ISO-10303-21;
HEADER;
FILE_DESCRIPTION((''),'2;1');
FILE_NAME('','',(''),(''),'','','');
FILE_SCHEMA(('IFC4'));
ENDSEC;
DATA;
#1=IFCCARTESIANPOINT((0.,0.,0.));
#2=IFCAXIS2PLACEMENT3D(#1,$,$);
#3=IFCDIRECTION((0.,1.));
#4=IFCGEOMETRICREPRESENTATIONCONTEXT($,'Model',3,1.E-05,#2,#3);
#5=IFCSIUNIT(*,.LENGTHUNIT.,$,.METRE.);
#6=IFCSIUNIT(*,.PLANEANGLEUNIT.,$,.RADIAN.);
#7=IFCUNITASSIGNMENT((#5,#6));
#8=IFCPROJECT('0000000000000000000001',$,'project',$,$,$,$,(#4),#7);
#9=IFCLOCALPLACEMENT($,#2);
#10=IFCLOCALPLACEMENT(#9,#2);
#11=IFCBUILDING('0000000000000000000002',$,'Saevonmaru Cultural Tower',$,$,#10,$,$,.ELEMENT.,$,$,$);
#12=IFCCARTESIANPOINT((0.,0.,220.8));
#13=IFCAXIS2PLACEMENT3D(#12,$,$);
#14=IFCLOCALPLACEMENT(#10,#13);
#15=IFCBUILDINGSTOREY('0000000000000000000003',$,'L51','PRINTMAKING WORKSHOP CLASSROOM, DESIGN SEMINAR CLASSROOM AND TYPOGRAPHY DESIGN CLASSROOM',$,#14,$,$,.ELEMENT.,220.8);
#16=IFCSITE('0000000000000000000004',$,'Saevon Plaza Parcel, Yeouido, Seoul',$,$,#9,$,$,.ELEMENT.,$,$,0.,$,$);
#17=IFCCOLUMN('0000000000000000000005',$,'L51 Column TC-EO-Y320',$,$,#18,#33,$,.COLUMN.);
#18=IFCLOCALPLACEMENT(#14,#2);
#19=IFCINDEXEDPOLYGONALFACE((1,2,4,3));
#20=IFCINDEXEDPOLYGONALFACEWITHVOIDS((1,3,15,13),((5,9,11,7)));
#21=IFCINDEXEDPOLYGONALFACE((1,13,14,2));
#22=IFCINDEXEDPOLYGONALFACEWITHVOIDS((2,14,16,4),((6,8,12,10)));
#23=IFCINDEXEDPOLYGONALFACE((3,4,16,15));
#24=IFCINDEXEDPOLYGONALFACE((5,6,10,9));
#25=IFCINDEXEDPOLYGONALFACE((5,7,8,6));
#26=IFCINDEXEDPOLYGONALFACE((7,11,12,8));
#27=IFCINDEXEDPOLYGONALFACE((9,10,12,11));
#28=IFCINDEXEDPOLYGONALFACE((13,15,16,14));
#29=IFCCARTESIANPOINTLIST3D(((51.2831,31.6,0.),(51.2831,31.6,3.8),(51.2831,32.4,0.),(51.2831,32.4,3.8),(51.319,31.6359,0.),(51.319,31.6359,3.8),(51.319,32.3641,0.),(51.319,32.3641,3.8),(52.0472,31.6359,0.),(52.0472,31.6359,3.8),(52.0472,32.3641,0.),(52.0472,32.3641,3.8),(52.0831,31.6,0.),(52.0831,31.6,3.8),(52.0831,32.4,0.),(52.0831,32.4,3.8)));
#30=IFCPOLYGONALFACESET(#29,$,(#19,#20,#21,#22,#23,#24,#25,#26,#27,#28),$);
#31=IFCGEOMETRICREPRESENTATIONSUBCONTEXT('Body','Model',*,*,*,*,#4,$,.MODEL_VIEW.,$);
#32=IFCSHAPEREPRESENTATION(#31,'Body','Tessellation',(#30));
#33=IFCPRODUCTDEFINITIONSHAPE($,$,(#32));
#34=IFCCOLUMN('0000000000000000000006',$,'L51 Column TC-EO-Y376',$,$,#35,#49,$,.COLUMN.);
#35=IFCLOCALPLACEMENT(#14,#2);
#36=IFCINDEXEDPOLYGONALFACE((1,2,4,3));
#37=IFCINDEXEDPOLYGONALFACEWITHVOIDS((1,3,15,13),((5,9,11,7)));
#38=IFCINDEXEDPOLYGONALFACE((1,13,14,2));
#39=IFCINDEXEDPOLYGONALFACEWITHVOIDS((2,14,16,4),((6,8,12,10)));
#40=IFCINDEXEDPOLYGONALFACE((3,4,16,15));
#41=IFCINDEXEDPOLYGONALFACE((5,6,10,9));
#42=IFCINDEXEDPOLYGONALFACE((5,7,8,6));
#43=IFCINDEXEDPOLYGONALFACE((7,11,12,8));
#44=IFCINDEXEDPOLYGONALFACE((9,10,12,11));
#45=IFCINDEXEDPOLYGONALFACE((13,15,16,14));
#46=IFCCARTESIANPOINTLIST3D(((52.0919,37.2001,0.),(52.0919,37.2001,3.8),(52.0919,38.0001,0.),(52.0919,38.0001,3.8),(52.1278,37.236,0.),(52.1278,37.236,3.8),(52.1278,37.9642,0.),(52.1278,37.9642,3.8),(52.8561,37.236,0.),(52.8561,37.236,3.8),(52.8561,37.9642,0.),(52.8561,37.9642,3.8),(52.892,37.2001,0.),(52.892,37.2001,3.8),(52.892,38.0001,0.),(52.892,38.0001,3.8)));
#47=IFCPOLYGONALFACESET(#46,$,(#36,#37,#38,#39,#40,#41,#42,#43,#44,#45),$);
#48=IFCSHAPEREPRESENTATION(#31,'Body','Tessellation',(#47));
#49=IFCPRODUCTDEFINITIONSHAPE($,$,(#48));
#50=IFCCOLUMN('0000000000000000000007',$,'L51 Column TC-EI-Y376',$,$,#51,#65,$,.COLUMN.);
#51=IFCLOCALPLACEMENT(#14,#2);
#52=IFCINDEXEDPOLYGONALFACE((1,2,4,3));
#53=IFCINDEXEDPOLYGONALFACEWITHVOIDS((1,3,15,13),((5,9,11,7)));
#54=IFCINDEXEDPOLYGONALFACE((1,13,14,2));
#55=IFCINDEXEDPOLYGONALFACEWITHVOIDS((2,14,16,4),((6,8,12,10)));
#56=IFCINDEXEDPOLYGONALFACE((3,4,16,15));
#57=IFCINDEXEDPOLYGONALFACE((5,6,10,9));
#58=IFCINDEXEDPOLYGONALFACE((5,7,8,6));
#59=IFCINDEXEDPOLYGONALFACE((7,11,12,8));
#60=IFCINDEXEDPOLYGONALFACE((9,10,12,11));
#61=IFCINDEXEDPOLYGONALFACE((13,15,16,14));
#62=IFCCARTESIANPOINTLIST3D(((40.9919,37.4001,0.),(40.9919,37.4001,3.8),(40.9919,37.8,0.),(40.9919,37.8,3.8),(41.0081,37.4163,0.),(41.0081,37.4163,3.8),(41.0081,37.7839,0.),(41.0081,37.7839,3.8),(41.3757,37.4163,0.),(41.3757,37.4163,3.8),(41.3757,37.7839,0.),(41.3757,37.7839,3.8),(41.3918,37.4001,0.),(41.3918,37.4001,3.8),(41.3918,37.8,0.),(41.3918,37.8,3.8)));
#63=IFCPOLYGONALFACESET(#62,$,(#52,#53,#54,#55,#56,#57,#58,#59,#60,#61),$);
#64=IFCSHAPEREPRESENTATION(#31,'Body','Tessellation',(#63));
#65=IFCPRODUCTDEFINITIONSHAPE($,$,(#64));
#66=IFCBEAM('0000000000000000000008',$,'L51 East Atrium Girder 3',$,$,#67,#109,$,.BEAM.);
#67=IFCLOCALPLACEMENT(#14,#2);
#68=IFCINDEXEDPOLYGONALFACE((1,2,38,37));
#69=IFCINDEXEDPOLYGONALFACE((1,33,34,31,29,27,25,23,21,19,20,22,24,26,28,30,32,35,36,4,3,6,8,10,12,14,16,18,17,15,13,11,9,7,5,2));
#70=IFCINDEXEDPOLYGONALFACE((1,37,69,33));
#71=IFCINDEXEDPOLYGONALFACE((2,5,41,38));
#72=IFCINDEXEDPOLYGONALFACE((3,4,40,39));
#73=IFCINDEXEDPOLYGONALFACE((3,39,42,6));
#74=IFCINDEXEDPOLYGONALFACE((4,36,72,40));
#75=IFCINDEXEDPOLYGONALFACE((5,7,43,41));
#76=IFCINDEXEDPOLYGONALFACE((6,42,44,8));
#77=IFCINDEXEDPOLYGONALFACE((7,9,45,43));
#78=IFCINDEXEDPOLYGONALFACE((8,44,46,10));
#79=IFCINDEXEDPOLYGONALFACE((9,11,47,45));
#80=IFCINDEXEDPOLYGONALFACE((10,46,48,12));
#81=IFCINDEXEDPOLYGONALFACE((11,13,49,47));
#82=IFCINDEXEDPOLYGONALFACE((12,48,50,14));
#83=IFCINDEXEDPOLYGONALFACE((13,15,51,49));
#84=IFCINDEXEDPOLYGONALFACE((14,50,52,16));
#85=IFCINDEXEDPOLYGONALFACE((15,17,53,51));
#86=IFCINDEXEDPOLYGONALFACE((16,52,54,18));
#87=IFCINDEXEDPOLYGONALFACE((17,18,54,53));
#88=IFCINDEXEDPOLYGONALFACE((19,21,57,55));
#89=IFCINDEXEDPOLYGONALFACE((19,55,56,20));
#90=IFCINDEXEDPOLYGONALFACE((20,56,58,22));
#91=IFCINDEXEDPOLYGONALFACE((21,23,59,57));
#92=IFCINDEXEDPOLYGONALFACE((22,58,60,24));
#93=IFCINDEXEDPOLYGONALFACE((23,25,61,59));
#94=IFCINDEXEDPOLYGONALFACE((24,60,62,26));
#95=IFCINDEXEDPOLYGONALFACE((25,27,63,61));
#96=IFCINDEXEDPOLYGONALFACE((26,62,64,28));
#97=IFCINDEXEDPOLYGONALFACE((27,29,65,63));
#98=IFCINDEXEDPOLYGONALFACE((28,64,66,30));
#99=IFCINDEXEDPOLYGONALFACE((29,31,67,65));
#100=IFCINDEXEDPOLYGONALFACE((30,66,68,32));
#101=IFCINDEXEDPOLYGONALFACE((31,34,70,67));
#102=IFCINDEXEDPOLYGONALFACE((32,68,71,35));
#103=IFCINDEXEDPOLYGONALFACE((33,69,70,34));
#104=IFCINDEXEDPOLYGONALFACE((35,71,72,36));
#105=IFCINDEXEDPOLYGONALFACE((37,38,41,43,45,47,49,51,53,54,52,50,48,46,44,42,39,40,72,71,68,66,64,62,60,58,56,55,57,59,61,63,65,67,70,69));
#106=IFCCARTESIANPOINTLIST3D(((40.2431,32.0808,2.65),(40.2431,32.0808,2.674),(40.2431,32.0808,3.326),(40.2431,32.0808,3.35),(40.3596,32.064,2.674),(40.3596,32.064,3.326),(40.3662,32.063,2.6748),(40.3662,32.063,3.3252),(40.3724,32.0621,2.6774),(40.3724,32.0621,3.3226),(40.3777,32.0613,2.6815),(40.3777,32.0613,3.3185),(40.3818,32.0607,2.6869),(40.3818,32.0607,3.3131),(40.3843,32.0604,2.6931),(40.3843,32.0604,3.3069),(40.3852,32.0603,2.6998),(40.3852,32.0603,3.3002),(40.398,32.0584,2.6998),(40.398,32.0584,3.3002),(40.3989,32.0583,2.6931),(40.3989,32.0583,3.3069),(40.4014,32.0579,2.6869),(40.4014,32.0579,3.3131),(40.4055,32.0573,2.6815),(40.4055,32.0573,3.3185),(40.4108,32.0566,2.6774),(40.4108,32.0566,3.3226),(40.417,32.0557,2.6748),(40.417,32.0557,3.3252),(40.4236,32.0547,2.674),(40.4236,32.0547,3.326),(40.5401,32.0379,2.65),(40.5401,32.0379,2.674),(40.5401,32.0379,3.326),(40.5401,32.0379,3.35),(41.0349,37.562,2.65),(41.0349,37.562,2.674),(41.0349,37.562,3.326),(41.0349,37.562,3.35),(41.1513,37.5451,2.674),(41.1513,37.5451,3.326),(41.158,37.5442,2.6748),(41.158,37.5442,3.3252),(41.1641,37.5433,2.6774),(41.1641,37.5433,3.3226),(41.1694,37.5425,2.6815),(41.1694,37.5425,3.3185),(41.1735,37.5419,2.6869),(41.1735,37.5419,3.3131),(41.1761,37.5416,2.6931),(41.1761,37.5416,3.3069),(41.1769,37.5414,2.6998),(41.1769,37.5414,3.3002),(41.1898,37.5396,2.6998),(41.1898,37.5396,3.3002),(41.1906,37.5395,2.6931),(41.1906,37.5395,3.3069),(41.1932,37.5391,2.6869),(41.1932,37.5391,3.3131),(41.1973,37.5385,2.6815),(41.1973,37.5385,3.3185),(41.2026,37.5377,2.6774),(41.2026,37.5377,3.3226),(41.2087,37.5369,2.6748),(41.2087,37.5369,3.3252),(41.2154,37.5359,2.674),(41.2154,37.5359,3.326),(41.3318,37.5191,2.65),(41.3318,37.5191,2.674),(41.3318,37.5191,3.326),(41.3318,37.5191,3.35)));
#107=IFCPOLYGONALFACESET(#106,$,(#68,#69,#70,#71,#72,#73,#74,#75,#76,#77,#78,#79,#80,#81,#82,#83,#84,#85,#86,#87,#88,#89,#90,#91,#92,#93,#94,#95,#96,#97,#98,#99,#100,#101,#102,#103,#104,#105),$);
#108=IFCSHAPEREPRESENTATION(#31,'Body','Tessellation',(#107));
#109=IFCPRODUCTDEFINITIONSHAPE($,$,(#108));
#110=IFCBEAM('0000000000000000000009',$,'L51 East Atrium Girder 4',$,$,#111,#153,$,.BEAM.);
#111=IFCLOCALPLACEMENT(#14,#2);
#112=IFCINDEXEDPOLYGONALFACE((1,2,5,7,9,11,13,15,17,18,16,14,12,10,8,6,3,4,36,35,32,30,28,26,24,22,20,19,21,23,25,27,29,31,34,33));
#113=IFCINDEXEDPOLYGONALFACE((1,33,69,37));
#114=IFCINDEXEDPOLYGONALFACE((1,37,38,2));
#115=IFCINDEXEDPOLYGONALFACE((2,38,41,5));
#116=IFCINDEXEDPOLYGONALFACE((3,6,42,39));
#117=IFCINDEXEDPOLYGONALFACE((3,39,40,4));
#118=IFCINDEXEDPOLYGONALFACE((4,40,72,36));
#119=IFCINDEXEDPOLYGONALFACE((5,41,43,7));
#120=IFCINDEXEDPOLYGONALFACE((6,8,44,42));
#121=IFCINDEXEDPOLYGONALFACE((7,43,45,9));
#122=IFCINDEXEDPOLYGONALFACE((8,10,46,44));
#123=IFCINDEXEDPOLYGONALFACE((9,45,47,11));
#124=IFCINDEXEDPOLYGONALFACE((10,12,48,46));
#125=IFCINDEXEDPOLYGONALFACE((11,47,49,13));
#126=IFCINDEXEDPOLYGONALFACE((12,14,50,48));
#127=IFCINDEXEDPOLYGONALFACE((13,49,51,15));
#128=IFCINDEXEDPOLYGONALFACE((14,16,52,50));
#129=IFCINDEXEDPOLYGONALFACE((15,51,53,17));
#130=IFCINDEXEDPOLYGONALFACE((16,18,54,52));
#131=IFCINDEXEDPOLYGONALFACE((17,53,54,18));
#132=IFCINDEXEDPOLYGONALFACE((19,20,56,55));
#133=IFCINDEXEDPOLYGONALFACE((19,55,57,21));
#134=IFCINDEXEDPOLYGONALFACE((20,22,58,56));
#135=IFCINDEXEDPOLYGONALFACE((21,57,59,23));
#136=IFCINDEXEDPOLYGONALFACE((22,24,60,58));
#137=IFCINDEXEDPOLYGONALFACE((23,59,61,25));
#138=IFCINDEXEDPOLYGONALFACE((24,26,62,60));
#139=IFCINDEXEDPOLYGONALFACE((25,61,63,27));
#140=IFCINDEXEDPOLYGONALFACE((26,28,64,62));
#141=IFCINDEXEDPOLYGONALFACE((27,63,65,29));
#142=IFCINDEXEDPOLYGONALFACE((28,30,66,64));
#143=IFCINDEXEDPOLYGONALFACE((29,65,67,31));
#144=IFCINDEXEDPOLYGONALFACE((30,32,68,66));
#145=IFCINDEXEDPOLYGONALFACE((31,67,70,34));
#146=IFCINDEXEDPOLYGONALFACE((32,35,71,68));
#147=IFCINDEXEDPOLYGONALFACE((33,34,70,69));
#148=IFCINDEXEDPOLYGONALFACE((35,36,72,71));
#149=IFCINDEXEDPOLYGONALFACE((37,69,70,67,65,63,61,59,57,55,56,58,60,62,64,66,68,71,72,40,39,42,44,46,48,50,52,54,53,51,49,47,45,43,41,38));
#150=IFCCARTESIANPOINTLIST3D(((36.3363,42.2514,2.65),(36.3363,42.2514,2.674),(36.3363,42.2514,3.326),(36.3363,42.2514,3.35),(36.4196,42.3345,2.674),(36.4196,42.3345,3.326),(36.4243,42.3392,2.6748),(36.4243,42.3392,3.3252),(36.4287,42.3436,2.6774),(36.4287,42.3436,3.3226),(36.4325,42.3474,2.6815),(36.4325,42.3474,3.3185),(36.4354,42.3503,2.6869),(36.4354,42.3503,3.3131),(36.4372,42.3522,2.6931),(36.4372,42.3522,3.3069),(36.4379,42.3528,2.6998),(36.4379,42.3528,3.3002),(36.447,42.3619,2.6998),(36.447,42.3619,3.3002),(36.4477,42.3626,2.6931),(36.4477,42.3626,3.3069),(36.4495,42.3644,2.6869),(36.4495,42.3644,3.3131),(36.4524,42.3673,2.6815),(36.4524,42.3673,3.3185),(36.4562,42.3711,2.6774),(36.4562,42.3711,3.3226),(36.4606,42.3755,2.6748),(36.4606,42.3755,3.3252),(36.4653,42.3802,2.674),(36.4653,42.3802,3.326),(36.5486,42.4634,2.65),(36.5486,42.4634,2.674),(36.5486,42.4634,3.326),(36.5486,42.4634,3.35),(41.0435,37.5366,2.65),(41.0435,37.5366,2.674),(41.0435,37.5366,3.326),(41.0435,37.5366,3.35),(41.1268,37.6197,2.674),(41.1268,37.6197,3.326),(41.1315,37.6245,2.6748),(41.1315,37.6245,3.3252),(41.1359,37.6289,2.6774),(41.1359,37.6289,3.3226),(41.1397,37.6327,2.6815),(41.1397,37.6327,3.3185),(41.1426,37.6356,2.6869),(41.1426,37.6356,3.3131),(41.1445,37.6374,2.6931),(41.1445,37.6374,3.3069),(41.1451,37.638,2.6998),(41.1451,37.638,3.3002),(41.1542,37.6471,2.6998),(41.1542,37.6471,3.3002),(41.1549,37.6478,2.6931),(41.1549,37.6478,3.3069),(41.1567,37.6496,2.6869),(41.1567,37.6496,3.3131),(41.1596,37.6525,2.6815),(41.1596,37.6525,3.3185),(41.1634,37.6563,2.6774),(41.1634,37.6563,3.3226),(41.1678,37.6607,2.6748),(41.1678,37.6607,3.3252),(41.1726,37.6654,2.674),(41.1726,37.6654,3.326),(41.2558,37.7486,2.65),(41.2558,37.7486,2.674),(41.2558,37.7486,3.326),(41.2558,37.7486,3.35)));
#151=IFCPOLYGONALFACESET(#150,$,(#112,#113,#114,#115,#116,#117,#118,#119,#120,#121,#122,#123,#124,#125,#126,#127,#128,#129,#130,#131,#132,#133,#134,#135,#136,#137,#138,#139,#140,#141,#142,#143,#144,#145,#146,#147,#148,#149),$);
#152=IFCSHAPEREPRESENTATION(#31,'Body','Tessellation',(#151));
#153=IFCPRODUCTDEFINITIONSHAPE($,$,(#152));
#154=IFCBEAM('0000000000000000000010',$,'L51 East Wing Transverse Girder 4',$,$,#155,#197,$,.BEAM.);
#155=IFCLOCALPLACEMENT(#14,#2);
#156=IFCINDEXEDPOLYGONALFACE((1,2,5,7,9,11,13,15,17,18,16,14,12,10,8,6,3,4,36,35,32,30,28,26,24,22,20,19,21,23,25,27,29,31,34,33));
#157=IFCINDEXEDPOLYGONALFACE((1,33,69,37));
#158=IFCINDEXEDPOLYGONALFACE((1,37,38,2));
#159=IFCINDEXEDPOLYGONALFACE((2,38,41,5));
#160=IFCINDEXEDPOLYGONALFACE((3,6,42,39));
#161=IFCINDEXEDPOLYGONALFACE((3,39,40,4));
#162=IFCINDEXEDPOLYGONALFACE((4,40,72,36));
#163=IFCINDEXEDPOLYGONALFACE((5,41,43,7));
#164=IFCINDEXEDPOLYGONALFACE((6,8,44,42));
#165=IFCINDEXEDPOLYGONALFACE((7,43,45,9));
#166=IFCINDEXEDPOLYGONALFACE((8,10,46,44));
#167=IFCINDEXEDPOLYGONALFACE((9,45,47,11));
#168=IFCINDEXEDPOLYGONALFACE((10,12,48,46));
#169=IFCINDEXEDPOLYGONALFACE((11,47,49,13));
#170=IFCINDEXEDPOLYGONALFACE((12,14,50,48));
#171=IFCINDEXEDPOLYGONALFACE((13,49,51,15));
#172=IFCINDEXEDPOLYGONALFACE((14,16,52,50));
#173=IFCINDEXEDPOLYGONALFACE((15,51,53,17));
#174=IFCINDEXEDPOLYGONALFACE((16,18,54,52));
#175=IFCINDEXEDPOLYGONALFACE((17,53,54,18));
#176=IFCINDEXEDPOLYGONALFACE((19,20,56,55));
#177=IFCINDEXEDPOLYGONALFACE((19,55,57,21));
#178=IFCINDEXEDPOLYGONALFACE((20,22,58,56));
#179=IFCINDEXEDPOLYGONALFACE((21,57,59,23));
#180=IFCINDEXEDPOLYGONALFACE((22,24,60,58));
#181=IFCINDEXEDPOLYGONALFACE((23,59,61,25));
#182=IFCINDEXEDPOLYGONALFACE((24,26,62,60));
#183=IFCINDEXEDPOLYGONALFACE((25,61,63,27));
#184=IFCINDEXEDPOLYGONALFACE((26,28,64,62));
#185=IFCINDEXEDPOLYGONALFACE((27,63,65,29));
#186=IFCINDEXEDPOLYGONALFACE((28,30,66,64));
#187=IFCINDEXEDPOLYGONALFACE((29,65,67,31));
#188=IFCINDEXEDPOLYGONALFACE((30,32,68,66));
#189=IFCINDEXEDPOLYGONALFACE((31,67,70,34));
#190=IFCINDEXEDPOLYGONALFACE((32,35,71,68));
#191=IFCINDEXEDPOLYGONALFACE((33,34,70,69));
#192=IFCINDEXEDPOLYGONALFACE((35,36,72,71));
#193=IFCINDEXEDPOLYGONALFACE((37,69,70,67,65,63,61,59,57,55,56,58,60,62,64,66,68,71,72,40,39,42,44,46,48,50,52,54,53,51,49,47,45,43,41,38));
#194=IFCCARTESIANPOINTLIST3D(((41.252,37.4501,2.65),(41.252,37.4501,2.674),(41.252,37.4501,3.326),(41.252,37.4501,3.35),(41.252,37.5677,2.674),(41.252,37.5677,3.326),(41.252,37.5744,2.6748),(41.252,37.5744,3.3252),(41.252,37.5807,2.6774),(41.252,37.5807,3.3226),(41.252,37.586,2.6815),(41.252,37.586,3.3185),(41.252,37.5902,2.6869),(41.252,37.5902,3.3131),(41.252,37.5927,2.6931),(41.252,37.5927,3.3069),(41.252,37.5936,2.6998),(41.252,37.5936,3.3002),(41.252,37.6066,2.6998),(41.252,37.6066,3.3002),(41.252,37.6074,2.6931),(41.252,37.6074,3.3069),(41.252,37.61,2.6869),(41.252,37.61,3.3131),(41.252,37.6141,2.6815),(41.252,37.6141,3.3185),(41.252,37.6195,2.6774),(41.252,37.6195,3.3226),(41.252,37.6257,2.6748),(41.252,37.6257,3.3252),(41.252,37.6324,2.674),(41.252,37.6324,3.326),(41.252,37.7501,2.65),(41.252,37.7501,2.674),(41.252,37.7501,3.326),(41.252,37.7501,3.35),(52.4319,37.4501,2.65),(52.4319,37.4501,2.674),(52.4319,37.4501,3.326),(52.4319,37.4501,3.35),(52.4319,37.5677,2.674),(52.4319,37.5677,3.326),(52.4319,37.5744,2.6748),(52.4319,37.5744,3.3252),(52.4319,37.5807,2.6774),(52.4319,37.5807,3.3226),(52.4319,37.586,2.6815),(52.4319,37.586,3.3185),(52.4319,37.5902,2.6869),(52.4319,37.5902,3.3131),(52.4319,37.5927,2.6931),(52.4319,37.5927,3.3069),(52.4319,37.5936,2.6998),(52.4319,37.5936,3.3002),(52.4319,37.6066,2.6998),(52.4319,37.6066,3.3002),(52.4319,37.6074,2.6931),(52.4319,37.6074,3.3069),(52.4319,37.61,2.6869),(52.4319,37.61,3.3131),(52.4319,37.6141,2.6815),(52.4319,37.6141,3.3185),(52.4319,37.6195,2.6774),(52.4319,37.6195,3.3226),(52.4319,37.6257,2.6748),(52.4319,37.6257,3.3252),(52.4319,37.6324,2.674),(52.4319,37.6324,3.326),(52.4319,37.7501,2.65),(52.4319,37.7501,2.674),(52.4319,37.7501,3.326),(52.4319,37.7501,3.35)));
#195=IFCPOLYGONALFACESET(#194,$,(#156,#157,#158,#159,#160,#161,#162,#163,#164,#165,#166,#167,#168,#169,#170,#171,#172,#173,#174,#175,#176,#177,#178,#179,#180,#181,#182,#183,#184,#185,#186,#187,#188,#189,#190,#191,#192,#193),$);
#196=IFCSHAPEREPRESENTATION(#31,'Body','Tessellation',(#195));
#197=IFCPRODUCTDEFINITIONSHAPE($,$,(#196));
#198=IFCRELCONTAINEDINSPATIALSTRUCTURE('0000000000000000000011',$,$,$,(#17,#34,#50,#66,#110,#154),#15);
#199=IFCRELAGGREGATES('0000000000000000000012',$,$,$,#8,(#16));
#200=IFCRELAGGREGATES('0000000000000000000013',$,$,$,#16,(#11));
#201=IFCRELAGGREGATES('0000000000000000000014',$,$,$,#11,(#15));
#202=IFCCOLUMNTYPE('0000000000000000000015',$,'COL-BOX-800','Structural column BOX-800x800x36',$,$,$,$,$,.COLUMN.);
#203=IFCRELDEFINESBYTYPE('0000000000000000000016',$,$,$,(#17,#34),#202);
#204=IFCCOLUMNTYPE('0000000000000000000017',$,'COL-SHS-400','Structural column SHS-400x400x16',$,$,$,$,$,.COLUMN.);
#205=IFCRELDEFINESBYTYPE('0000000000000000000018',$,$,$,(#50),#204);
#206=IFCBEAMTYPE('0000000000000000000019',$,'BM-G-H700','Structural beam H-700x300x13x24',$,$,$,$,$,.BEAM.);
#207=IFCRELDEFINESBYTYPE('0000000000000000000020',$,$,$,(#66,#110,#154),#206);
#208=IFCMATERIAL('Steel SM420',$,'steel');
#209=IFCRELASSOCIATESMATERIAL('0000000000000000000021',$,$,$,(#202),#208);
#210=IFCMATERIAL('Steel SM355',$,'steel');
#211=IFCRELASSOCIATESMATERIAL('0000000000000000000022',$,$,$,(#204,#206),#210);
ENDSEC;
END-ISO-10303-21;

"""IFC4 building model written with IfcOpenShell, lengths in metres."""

from ifc_helpers import new_model, si_unit, direction, frame, origin, origin_2d, place, context, subcontext, project, spatial, hollow_rectangle, i_section, extrude, material, material_profile, profile_set, type_object, element, save


model = new_model("IFC4")

# Units and contexts
model_context = context("Model", 3, precision=1e-05, world=origin(), true_north=direction((0.0, 1.0)))
body_context = subcontext(model_context, "Body", "Model", "MODEL_VIEW")
ifc_project = project(units=[si_unit("LENGTHUNIT", "METRE"), si_unit("PLANEANGLEUNIT", "RADIAN")], contexts=[model_context])

# Site, building, storey
site_placement = place(None, origin())
site = spatial("IfcSite", under=ifc_project, at=site_placement, Name="Saevon Plaza Parcel, Yeouido, Seoul", CompositionType="ELEMENT", RefElevation=0.0)
building_placement = place(site_placement, origin())
building = spatial("IfcBuilding", under=site, at=building_placement, Name="Saevonmaru Cultural Tower", CompositionType="ELEMENT")
storey_placement = place(building_placement, frame((0.0, 0.0, 220.8)))
storey = spatial("IfcBuildingStorey", under=building, at=storey_placement, Name="L51", Description="PRINTMAKING WORKSHOP CLASSROOM, DESIGN SEMINAR CLASSROOM AND TYPOGRAPHY DESIGN CLASSROOM", CompositionType="ELEMENT", Elevation=220.8)

# Columns
ifc_material_1 = material(Name="Steel SM420", Category="steel")
ifc_material_profile_1 = material_profile(ifc_material_1, hollow_rectangle(XDim=0.8, YDim=0.8, WallThickness=0.0359, at=origin_2d()), Name="BOX-800x800x36")
ifc_profile_set_1 = profile_set([ifc_material_profile_1], Name="Steel SM420")
column_type_1 = type_object("IfcColumnType", Name="COL-BOX-800", Description="Structural column BOX-800x800x36", PredefinedType="COLUMN", material=ifc_profile_set_1)
for number, where, z_axis, x_axis, name in (
    (1, (51.6831, 32.0, 0.0), (0.0, 0.0, 1.0), (1.0, 0.0, 0.0), "L51 Column TC-EO-Y320"),
    (2, (52.4919, 37.6001, 0.0), (0.0, 0.0, 1.0), (1.0, 0.0, 0.0), "L51 Column TC-EO-Y376"),
):
    element("IfcColumn", number, at=place(storey_placement, frame(where, z_axis=z_axis, x_axis=x_axis)), inside=storey, type_object=column_type_1, Name=name, PredefinedType="COLUMN", context=body_context, shape_type="SweptSolid", body=[
        extrude(hollow_rectangle(XDim=0.8, YDim=0.8, WallThickness=0.0359, at=origin_2d()), origin(), (0.0, 0.0, 1.0), 3.8),
    ])
ifc_material_2 = material(Name="Steel SM355", Category="steel")
ifc_material_profile_2 = material_profile(ifc_material_2, hollow_rectangle(XDim=0.3999, YDim=0.3999, WallThickness=0.0161, at=origin_2d()), Name="SHS-400x400x16")
ifc_profile_set_2 = profile_set([ifc_material_profile_2], Name="Steel SM355")
column_type_2 = type_object("IfcColumnType", Name="COL-SHS-400", Description="Structural column SHS-400x400x16", PredefinedType="COLUMN", material=ifc_profile_set_2)
column_placement = place(storey_placement, frame((41.1919, 37.6001, 0.0), z_axis=(0.0, 0.0, 1.0), x_axis=(1.0, 0.0, 0.0)))
element("IfcColumn", 3, at=column_placement, inside=storey, type_object=column_type_2, Name="L51 Column TC-EI-Y376", PredefinedType="COLUMN", context=body_context, shape_type="SweptSolid", body=[
    extrude(hollow_rectangle(XDim=0.3999, YDim=0.3999, WallThickness=0.0161, at=origin_2d()), origin(), (0.0, 0.0, 1.0), 3.8),
])

# Beams
ifc_material_profile_3 = material_profile(ifc_material_2, i_section(OverallWidth=0.3, OverallDepth=0.7, WebThickness=0.0129, FlangeThickness=0.0239, FilletRadius=0.0259, at=origin_2d()), Name="H-700x300x13x24")
ifc_profile_set_3 = profile_set([ifc_material_profile_3], Name="Steel SM355")
beam_type_1 = type_object("IfcBeamType", Name="BM-G-H700", Description="Structural beam H-700x300x13x24", PredefinedType="BEAM", material=ifc_profile_set_3)
beam_1_placement = place(storey_placement, frame((40.3916, 32.0593, 3.0), z_axis=(0.142964, 0.989728, 0.0), x_axis=(-0.989728, 0.142964, 0.0)))
element("IfcBeam", 4, at=beam_1_placement, inside=storey, type_object=beam_type_1, Name="L51 East Atrium Girder 3", PredefinedType="BEAM", context=body_context, shape_type="SweptSolid", body=[
    extrude(i_section(OverallWidth=0.3, OverallDepth=0.7, WebThickness=0.0129, FlangeThickness=0.0239, FilletRadius=0.0259, at=origin_2d()), origin(), (0.0, 0.0, 1.0), 5.5381),
])
beam_2_placement = place(storey_placement, frame((41.1497, 37.6426, 3.0), z_axis=(-0.706539, 0.707675, 0.0), x_axis=(-0.707675, -0.706539, 0.0)))
element("IfcBeam", 5, at=beam_2_placement, inside=storey, type_object=beam_type_1, Name="L51 East Atrium Girder 4", PredefinedType="BEAM", context=body_context, shape_type="SweptSolid", body=[
    extrude(i_section(OverallWidth=0.3, OverallDepth=0.7, WebThickness=0.0129, FlangeThickness=0.0239, FilletRadius=0.0259, at=origin_2d()), origin(), (0.0, 0.0, 1.0), 6.6624),
])
beam_3_placement = place(storey_placement, frame((41.252, 37.6001, 3.0), z_axis=(1.0, 0.0, 0.0), x_axis=(0.0, 1.0, 0.0)))
element("IfcBeam", 6, at=beam_3_placement, inside=storey, type_object=beam_type_1, Name="L51 East Wing Transverse Girder 4", PredefinedType="BEAM", context=body_context, shape_type="SweptSolid", body=[
    extrude(i_section(OverallWidth=0.3, OverallDepth=0.7, WebThickness=0.0129, FlangeThickness=0.0239, FilletRadius=0.0259, at=origin_2d()), origin(), (0.0, 0.0, 1.0), 11.1799),
])

save(model, "model.ifc")
